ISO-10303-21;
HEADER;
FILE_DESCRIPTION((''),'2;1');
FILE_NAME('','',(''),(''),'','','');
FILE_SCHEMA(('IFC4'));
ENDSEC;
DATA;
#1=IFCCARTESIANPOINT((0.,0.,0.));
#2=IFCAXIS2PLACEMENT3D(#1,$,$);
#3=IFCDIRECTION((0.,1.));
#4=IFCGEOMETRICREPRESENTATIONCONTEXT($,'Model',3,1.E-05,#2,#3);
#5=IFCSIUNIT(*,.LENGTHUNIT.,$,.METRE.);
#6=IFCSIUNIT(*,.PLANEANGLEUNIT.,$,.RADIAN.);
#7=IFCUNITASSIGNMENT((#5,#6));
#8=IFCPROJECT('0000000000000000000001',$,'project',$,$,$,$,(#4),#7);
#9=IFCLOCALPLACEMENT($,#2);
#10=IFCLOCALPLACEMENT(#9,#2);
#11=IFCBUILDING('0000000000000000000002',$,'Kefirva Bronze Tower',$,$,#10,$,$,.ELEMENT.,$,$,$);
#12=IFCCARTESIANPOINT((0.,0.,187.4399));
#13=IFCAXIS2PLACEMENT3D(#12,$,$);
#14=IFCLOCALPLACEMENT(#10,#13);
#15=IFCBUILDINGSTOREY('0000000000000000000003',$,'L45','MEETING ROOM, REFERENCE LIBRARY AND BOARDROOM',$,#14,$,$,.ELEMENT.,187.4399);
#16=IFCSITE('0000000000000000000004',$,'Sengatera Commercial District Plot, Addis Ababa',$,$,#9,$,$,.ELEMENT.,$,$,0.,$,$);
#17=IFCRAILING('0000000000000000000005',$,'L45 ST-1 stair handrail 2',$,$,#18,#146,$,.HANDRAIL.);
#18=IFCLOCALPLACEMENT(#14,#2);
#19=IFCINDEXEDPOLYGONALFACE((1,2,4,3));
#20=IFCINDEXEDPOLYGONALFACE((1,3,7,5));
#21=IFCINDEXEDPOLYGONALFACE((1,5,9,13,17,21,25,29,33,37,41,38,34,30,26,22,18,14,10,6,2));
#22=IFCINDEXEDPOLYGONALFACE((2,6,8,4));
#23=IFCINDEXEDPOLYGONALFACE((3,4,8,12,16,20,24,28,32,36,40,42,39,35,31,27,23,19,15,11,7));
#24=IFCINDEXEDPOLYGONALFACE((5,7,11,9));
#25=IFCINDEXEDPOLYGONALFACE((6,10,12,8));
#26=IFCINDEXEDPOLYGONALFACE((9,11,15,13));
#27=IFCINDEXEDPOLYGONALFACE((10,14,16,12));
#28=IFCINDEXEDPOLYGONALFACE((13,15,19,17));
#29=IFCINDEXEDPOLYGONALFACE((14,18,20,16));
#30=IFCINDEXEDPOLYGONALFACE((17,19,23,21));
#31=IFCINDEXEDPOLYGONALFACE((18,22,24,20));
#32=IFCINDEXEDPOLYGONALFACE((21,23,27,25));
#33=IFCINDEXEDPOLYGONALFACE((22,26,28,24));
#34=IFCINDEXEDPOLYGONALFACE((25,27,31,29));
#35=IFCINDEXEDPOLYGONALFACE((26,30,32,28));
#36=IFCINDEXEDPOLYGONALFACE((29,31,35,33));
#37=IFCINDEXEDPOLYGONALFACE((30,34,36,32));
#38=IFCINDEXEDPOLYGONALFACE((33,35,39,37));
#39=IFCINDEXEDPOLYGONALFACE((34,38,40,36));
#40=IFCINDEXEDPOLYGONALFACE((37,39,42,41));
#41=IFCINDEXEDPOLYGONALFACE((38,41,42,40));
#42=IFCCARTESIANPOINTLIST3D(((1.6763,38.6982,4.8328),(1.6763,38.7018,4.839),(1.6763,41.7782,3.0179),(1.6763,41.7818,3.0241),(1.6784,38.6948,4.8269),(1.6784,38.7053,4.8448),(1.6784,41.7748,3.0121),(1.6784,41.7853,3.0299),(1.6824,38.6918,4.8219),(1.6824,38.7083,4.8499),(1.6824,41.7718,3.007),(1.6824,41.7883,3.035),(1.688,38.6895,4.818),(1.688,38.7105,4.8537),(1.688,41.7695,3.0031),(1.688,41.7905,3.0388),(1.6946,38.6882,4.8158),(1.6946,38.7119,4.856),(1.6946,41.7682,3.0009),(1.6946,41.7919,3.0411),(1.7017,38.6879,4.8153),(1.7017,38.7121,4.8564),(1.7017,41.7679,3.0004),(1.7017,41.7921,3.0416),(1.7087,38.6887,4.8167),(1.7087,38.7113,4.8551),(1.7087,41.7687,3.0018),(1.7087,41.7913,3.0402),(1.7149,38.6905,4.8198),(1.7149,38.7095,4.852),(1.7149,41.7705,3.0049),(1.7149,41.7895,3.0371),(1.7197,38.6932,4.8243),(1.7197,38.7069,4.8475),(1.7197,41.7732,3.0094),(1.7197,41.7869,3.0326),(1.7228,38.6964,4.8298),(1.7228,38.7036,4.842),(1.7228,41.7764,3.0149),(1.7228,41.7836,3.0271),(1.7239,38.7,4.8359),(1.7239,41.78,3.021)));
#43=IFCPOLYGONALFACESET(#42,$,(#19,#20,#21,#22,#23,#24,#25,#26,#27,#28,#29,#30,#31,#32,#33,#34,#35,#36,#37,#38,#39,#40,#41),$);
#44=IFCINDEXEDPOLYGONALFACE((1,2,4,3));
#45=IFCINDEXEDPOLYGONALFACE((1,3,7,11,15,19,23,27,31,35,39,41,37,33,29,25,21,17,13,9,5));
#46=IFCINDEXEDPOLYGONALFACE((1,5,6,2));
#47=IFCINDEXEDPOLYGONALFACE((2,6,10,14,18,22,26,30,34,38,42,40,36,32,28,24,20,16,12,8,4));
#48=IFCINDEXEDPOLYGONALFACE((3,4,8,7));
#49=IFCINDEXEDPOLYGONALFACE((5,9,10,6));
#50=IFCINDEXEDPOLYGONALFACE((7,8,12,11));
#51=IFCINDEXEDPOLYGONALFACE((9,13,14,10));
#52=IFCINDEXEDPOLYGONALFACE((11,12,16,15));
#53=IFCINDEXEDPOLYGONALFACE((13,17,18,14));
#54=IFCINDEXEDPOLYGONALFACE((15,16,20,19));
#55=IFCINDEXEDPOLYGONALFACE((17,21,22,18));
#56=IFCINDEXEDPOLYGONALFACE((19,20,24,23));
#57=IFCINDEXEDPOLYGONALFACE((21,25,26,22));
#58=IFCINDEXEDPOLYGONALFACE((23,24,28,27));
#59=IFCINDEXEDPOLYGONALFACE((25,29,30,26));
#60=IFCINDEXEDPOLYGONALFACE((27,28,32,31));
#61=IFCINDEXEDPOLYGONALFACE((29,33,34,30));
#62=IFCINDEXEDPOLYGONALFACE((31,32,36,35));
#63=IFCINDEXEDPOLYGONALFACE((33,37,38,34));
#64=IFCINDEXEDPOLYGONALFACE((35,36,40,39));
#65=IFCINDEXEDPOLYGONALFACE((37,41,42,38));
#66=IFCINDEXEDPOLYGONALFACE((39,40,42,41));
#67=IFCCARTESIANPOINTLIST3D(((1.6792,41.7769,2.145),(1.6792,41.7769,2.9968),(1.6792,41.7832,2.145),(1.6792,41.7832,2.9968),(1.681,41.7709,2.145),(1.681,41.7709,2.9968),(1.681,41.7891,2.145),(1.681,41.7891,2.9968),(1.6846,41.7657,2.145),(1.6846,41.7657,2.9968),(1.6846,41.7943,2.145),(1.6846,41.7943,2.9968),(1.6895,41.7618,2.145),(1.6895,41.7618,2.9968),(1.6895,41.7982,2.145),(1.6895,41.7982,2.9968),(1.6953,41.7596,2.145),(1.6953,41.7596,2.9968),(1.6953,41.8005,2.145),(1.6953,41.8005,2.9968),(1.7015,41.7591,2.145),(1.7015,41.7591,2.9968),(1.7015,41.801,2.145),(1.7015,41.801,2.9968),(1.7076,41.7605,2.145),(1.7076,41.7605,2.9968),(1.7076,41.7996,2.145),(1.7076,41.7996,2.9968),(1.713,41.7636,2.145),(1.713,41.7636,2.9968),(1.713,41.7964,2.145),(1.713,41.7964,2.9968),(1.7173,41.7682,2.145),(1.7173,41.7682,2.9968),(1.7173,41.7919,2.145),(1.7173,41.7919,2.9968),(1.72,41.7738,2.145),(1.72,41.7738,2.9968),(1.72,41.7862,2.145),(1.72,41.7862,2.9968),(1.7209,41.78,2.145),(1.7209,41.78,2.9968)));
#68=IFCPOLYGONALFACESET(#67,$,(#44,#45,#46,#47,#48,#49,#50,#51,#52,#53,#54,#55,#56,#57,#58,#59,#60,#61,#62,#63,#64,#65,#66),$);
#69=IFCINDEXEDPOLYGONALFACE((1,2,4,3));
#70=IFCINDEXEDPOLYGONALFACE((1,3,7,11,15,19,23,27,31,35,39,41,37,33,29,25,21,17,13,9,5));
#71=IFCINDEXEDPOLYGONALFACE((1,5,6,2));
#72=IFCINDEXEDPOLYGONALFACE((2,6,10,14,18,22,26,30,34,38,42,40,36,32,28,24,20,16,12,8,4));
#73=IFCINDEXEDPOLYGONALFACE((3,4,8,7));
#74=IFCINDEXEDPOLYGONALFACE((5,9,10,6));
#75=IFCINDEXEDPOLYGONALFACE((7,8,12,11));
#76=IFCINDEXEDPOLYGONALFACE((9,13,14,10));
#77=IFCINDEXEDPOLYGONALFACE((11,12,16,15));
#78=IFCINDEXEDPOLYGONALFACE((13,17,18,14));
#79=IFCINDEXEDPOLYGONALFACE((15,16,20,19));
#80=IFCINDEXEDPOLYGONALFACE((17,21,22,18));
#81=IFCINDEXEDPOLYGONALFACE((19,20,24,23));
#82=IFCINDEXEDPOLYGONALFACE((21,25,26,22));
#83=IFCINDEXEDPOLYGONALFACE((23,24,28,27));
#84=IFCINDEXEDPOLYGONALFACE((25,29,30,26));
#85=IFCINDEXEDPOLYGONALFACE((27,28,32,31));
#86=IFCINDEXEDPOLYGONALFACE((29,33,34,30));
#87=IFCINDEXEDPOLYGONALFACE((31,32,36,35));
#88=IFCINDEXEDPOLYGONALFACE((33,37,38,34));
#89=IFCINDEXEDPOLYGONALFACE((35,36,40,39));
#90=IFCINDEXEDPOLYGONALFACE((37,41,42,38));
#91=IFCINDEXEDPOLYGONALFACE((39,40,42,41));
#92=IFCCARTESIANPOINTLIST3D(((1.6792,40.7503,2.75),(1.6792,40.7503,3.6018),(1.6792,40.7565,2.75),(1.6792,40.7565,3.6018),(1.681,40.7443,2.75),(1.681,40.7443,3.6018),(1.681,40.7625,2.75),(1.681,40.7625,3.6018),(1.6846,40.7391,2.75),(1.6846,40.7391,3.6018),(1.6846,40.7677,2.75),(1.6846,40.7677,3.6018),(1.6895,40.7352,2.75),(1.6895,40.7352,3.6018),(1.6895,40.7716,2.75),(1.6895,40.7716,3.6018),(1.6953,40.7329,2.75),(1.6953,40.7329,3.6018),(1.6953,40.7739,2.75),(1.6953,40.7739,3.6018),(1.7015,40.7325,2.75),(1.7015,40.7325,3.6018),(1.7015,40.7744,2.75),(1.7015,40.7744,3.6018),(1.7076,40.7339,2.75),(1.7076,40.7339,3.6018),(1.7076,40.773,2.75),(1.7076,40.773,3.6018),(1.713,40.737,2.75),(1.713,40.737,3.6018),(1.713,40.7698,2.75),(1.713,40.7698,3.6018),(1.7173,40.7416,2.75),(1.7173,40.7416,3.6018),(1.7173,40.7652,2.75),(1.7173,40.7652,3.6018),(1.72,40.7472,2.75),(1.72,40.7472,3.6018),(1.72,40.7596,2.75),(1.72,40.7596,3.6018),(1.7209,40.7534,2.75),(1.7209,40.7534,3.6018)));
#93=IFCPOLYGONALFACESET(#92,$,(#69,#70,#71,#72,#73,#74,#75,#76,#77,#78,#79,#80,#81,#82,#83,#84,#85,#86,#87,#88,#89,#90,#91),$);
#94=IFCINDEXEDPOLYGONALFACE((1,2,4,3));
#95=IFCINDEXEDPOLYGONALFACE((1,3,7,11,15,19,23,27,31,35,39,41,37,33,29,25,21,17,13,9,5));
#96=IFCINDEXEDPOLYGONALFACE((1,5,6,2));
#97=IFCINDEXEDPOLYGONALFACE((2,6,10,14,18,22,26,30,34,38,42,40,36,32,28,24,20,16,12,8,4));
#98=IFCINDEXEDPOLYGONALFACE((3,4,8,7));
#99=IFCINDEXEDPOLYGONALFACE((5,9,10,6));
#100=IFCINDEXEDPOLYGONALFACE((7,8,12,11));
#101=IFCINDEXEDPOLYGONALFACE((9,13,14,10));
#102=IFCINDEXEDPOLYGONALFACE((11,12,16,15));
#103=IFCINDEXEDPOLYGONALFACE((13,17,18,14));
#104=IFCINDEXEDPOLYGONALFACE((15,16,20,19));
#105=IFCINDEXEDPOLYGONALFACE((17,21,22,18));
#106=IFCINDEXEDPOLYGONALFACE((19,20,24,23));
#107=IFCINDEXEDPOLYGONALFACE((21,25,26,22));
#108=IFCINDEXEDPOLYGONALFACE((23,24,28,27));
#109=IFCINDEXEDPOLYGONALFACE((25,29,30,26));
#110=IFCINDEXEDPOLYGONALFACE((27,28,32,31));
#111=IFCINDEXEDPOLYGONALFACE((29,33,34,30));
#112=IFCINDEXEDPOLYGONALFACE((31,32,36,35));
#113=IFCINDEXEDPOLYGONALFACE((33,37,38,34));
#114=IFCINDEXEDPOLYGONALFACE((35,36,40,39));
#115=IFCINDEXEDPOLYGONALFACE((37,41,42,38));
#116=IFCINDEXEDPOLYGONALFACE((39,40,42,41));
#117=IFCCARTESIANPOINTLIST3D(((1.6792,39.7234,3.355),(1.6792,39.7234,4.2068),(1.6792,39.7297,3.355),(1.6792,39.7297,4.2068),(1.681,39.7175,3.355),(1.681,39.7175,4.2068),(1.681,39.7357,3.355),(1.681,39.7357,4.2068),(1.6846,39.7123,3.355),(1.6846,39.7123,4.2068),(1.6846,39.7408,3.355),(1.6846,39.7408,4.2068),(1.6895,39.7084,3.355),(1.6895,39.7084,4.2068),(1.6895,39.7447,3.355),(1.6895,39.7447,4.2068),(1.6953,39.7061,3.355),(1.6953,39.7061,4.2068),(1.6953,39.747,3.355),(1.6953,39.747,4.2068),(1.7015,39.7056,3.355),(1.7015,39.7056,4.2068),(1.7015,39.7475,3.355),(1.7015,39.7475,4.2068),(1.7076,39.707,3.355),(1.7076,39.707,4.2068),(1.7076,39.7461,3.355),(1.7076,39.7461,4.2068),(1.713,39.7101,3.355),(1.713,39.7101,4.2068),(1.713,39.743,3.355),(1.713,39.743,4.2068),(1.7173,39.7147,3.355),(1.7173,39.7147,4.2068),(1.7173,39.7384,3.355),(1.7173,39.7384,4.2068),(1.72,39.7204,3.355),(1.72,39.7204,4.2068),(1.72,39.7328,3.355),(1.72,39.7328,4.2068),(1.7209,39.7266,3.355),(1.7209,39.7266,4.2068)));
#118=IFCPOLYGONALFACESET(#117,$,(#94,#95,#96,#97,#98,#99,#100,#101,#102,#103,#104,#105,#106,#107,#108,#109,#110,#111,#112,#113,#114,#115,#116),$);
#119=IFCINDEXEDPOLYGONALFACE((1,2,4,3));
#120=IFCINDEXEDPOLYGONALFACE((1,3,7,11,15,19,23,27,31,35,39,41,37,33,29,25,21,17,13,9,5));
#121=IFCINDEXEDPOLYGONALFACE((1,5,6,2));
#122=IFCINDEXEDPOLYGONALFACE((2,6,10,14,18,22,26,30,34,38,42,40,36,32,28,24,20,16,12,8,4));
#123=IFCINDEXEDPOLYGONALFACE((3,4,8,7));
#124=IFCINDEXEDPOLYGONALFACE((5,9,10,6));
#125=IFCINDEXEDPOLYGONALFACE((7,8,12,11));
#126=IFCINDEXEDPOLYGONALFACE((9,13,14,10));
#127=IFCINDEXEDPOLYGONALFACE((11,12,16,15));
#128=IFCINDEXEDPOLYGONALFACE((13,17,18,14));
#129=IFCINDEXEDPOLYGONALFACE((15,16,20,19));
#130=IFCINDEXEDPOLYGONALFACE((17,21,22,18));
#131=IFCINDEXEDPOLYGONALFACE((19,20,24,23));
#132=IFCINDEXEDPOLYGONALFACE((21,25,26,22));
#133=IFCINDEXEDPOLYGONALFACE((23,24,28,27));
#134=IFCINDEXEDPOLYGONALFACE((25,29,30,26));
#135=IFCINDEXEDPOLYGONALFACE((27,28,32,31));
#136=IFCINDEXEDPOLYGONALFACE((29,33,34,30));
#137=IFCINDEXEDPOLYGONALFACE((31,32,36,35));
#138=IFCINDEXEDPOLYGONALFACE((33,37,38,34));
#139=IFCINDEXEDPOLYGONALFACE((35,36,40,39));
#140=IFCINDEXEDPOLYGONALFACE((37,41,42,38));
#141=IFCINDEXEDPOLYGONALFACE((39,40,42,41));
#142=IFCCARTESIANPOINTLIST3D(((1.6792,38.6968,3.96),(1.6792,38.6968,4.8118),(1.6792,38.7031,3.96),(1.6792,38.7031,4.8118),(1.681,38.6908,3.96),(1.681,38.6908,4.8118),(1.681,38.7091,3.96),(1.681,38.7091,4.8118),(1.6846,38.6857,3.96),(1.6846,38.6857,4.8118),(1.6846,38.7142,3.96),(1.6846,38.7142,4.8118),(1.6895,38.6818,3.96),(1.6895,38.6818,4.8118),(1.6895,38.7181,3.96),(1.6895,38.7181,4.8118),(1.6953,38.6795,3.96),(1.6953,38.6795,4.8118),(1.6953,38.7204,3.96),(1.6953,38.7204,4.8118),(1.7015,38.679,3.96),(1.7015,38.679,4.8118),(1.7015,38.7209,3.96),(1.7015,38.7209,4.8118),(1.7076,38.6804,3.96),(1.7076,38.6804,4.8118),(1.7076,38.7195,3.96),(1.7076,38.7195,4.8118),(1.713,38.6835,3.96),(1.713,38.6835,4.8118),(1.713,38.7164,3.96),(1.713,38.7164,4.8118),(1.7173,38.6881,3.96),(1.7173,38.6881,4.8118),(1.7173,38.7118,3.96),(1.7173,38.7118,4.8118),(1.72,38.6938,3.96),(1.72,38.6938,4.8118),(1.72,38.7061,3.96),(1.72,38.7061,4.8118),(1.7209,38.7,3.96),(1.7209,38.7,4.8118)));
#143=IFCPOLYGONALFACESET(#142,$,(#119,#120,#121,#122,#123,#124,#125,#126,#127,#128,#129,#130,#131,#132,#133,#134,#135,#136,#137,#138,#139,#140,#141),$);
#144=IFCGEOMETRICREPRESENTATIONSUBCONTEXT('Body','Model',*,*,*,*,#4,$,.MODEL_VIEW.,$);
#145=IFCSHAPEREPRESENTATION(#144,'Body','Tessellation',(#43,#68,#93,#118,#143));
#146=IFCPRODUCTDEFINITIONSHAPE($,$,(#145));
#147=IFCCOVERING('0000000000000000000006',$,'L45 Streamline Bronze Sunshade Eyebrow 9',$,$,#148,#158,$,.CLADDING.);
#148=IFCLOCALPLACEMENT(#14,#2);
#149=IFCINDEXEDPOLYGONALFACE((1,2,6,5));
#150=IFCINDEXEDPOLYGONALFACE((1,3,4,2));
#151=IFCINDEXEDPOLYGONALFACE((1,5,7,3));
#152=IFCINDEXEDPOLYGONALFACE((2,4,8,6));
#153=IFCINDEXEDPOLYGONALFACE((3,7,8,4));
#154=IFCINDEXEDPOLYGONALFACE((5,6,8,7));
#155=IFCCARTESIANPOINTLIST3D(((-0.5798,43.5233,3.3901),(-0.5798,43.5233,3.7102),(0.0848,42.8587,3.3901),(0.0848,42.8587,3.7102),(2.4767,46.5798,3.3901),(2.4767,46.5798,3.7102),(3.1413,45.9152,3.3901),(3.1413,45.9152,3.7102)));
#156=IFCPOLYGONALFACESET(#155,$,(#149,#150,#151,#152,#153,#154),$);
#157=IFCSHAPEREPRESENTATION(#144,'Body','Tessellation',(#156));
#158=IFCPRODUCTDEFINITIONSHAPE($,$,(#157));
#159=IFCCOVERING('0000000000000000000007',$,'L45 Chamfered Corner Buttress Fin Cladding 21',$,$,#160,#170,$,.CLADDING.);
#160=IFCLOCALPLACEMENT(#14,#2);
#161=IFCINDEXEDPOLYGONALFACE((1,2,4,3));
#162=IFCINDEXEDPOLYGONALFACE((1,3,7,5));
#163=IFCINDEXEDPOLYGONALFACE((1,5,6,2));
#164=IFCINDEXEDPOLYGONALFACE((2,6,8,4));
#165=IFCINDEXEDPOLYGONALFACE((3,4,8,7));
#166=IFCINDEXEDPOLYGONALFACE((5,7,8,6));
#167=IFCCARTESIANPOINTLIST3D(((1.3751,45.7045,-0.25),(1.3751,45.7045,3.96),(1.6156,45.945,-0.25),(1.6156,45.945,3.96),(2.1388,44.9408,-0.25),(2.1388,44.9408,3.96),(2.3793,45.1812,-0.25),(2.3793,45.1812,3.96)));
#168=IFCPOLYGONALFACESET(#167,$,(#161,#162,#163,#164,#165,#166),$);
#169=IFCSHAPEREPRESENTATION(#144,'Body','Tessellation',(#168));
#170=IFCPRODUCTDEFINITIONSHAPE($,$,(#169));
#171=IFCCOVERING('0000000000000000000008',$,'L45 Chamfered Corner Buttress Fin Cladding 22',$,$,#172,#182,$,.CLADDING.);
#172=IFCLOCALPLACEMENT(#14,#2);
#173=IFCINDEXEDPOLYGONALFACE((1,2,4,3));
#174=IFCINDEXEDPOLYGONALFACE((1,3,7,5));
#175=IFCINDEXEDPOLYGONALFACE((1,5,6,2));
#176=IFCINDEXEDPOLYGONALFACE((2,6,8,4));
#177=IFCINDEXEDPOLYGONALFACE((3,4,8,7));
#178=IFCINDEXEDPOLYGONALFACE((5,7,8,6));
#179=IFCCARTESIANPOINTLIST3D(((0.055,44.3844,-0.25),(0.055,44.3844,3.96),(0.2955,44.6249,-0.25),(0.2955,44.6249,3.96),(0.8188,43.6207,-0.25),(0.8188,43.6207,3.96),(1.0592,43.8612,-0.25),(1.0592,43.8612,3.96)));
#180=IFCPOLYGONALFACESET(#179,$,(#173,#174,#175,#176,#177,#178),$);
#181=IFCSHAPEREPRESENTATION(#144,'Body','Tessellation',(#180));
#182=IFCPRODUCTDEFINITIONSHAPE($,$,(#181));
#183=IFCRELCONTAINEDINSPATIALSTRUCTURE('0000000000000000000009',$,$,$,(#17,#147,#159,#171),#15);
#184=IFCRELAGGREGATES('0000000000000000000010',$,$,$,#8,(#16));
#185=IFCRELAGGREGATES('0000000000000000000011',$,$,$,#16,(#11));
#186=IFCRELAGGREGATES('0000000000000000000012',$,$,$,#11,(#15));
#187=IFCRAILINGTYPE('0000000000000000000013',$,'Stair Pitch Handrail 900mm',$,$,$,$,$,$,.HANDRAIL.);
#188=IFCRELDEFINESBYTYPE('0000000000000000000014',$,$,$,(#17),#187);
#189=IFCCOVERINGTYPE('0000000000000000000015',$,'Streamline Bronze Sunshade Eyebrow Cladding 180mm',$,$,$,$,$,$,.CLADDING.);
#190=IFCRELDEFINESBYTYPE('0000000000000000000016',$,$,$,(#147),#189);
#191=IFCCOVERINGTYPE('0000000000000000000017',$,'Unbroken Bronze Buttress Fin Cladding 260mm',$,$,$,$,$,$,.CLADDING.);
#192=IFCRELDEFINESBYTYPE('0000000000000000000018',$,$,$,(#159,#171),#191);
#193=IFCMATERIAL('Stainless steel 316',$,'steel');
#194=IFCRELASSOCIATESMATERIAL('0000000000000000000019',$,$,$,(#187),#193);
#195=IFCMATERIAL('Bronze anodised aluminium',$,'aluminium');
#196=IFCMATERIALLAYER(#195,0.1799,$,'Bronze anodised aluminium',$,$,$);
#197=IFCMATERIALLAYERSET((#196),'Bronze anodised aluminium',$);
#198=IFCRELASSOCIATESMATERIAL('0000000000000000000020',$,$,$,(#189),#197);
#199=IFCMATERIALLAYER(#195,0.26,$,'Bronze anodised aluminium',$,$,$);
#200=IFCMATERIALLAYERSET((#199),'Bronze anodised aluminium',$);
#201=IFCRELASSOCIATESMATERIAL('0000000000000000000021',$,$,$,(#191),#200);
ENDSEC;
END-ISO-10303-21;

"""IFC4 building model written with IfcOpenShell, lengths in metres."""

from ifc_helpers import new_model, si_unit, direction, frame, origin, origin_2d, place, context, subcontext, project, spatial, rectangle, circle, extrude, material, layer, layer_set, type_object, element, save


model = new_model("IFC4")

# Units and contexts
model_context = context("Model", 3, precision=1e-05, world=origin(), true_north=direction((0.0, 1.0)))
body_context = subcontext(model_context, "Body", "Model", "MODEL_VIEW")
ifc_project = project(units=[si_unit("LENGTHUNIT", "METRE"), si_unit("PLANEANGLEUNIT", "RADIAN")], contexts=[model_context])

# Site, building, storey
site_placement = place(None, origin())
site = spatial("IfcSite", under=ifc_project, at=site_placement, Name="Sengatera Commercial District Plot, Addis Ababa", CompositionType="ELEMENT", RefElevation=0.0)
building_placement = place(site_placement, origin())
building = spatial("IfcBuilding", under=site, at=building_placement, Name="Kefirva Bronze Tower", CompositionType="ELEMENT")
storey_placement = place(building_placement, frame((0.0, 0.0, 187.4399)))
storey = spatial("IfcBuildingStorey", under=building, at=storey_placement, Name="L45", Description="MEETING ROOM, REFERENCE LIBRARY AND BOARDROOM", CompositionType="ELEMENT", Elevation=187.4399)

# Shared definitions
ifc_material_1 = material(Name="Bronze anodised aluminium", Category="aluminium")

# Railing
ifc_material_2 = material(Name="Stainless steel 316", Category="steel")
railing_type_1 = type_object("IfcRailingType", Name="Stair Pitch Handrail 900mm", PredefinedType="HANDRAIL", material=ifc_material_2)
railing_1_placement = place(storey_placement, frame((1.7, 41.78, 2.145)))
element("IfcRailing", 1, at=railing_1_placement, inside=storey, type_object=railing_type_1, Name="L45 ST-1 stair handrail 2", PredefinedType="HANDRAIL", context=body_context, shape_type="SweptSolid", body=[
    extrude(circle(Radius=0.0239, at=origin_2d()), frame((0.0, 0.0, 0.876), z_axis=(0.0, -0.861551, 0.507671), x_axis=(1.0, 0.0, 0.0)), (0.0, 0.0, 1.0), 3.575),
    extrude(circle(Radius=0.021, at=origin_2d()), origin(), (0.0, 0.0, 1.0), 0.8518),
    extrude(circle(Radius=0.021, at=origin_2d()), frame((0.0, -1.0266, 0.605)), (0.0, 0.0, 1.0), 0.8518),
    extrude(circle(Radius=0.021, at=origin_2d()), frame((0.0, -2.0535, 1.21)), (0.0, 0.0, 1.0), 0.8518),
    extrude(circle(Radius=0.021, at=origin_2d()), frame((0.0, -3.0801, 1.8149)), (0.0, 0.0, 1.0), 0.8518),
])

# Coverings
ifc_layer_1 = layer(ifc_material_1, 0.1799, Name="Bronze anodised aluminium")
ifc_layer_set_1 = layer_set([ifc_layer_1], Name="Bronze anodised aluminium")
covering_type_1 = type_object("IfcCoveringType", Name="Streamline Bronze Sunshade Eyebrow Cladding 180mm", PredefinedType="CLADDING", material=ifc_layer_set_1)
covering_1_placement = place(storey_placement, frame((1.2808, 44.7192, 3.3901), z_axis=(0.0, 0.0, 1.0), x_axis=(-0.707107, -0.707107, 0.0)))
element("IfcCovering", 2, at=covering_1_placement, inside=storey, type_object=covering_type_1, Name="L45 Streamline Bronze Sunshade Eyebrow 9", PredefinedType="CLADDING", context=body_context, shape_type="SweptSolid", body=[
    extrude(rectangle(XDim=4.3225, YDim=0.9399, at=origin_2d()), origin(), (0.0, 0.0, 1.0), 0.3201),
])
ifc_layer_2 = layer(ifc_material_1, 0.26, Name="Bronze anodised aluminium")
ifc_layer_set_2 = layer_set([ifc_layer_2], Name="Bronze anodised aluminium")
covering_type_2 = type_object("IfcCoveringType", Name="Unbroken Bronze Buttress Fin Cladding 260mm", PredefinedType="CLADDING", material=ifc_layer_set_2)
for number, where, z_axis, x_axis, name in (
    (3, (1.8772, 45.4429, -0.25), (0.0, 0.0, 1.0), (-0.707107, -0.707107, 0.0), "L45 Chamfered Corner Buttress Fin Cladding 21"),
    (4, (0.5571, 44.1228, -0.25), (0.0, 0.0, 1.0), (-0.707107, -0.707107, 0.0), "L45 Chamfered Corner Buttress Fin Cladding 22"),
):
    element("IfcCovering", number, at=place(storey_placement, frame(where, z_axis=z_axis, x_axis=x_axis)), inside=storey, type_object=covering_type_2, Name=name, PredefinedType="CLADDING", context=body_context, shape_type="SweptSolid", body=[
        extrude(rectangle(XDim=0.3401, YDim=1.0801, at=origin_2d()), origin(), (0.0, 0.0, 1.0), 4.21),
    ])

save(model, "model.ifc")
